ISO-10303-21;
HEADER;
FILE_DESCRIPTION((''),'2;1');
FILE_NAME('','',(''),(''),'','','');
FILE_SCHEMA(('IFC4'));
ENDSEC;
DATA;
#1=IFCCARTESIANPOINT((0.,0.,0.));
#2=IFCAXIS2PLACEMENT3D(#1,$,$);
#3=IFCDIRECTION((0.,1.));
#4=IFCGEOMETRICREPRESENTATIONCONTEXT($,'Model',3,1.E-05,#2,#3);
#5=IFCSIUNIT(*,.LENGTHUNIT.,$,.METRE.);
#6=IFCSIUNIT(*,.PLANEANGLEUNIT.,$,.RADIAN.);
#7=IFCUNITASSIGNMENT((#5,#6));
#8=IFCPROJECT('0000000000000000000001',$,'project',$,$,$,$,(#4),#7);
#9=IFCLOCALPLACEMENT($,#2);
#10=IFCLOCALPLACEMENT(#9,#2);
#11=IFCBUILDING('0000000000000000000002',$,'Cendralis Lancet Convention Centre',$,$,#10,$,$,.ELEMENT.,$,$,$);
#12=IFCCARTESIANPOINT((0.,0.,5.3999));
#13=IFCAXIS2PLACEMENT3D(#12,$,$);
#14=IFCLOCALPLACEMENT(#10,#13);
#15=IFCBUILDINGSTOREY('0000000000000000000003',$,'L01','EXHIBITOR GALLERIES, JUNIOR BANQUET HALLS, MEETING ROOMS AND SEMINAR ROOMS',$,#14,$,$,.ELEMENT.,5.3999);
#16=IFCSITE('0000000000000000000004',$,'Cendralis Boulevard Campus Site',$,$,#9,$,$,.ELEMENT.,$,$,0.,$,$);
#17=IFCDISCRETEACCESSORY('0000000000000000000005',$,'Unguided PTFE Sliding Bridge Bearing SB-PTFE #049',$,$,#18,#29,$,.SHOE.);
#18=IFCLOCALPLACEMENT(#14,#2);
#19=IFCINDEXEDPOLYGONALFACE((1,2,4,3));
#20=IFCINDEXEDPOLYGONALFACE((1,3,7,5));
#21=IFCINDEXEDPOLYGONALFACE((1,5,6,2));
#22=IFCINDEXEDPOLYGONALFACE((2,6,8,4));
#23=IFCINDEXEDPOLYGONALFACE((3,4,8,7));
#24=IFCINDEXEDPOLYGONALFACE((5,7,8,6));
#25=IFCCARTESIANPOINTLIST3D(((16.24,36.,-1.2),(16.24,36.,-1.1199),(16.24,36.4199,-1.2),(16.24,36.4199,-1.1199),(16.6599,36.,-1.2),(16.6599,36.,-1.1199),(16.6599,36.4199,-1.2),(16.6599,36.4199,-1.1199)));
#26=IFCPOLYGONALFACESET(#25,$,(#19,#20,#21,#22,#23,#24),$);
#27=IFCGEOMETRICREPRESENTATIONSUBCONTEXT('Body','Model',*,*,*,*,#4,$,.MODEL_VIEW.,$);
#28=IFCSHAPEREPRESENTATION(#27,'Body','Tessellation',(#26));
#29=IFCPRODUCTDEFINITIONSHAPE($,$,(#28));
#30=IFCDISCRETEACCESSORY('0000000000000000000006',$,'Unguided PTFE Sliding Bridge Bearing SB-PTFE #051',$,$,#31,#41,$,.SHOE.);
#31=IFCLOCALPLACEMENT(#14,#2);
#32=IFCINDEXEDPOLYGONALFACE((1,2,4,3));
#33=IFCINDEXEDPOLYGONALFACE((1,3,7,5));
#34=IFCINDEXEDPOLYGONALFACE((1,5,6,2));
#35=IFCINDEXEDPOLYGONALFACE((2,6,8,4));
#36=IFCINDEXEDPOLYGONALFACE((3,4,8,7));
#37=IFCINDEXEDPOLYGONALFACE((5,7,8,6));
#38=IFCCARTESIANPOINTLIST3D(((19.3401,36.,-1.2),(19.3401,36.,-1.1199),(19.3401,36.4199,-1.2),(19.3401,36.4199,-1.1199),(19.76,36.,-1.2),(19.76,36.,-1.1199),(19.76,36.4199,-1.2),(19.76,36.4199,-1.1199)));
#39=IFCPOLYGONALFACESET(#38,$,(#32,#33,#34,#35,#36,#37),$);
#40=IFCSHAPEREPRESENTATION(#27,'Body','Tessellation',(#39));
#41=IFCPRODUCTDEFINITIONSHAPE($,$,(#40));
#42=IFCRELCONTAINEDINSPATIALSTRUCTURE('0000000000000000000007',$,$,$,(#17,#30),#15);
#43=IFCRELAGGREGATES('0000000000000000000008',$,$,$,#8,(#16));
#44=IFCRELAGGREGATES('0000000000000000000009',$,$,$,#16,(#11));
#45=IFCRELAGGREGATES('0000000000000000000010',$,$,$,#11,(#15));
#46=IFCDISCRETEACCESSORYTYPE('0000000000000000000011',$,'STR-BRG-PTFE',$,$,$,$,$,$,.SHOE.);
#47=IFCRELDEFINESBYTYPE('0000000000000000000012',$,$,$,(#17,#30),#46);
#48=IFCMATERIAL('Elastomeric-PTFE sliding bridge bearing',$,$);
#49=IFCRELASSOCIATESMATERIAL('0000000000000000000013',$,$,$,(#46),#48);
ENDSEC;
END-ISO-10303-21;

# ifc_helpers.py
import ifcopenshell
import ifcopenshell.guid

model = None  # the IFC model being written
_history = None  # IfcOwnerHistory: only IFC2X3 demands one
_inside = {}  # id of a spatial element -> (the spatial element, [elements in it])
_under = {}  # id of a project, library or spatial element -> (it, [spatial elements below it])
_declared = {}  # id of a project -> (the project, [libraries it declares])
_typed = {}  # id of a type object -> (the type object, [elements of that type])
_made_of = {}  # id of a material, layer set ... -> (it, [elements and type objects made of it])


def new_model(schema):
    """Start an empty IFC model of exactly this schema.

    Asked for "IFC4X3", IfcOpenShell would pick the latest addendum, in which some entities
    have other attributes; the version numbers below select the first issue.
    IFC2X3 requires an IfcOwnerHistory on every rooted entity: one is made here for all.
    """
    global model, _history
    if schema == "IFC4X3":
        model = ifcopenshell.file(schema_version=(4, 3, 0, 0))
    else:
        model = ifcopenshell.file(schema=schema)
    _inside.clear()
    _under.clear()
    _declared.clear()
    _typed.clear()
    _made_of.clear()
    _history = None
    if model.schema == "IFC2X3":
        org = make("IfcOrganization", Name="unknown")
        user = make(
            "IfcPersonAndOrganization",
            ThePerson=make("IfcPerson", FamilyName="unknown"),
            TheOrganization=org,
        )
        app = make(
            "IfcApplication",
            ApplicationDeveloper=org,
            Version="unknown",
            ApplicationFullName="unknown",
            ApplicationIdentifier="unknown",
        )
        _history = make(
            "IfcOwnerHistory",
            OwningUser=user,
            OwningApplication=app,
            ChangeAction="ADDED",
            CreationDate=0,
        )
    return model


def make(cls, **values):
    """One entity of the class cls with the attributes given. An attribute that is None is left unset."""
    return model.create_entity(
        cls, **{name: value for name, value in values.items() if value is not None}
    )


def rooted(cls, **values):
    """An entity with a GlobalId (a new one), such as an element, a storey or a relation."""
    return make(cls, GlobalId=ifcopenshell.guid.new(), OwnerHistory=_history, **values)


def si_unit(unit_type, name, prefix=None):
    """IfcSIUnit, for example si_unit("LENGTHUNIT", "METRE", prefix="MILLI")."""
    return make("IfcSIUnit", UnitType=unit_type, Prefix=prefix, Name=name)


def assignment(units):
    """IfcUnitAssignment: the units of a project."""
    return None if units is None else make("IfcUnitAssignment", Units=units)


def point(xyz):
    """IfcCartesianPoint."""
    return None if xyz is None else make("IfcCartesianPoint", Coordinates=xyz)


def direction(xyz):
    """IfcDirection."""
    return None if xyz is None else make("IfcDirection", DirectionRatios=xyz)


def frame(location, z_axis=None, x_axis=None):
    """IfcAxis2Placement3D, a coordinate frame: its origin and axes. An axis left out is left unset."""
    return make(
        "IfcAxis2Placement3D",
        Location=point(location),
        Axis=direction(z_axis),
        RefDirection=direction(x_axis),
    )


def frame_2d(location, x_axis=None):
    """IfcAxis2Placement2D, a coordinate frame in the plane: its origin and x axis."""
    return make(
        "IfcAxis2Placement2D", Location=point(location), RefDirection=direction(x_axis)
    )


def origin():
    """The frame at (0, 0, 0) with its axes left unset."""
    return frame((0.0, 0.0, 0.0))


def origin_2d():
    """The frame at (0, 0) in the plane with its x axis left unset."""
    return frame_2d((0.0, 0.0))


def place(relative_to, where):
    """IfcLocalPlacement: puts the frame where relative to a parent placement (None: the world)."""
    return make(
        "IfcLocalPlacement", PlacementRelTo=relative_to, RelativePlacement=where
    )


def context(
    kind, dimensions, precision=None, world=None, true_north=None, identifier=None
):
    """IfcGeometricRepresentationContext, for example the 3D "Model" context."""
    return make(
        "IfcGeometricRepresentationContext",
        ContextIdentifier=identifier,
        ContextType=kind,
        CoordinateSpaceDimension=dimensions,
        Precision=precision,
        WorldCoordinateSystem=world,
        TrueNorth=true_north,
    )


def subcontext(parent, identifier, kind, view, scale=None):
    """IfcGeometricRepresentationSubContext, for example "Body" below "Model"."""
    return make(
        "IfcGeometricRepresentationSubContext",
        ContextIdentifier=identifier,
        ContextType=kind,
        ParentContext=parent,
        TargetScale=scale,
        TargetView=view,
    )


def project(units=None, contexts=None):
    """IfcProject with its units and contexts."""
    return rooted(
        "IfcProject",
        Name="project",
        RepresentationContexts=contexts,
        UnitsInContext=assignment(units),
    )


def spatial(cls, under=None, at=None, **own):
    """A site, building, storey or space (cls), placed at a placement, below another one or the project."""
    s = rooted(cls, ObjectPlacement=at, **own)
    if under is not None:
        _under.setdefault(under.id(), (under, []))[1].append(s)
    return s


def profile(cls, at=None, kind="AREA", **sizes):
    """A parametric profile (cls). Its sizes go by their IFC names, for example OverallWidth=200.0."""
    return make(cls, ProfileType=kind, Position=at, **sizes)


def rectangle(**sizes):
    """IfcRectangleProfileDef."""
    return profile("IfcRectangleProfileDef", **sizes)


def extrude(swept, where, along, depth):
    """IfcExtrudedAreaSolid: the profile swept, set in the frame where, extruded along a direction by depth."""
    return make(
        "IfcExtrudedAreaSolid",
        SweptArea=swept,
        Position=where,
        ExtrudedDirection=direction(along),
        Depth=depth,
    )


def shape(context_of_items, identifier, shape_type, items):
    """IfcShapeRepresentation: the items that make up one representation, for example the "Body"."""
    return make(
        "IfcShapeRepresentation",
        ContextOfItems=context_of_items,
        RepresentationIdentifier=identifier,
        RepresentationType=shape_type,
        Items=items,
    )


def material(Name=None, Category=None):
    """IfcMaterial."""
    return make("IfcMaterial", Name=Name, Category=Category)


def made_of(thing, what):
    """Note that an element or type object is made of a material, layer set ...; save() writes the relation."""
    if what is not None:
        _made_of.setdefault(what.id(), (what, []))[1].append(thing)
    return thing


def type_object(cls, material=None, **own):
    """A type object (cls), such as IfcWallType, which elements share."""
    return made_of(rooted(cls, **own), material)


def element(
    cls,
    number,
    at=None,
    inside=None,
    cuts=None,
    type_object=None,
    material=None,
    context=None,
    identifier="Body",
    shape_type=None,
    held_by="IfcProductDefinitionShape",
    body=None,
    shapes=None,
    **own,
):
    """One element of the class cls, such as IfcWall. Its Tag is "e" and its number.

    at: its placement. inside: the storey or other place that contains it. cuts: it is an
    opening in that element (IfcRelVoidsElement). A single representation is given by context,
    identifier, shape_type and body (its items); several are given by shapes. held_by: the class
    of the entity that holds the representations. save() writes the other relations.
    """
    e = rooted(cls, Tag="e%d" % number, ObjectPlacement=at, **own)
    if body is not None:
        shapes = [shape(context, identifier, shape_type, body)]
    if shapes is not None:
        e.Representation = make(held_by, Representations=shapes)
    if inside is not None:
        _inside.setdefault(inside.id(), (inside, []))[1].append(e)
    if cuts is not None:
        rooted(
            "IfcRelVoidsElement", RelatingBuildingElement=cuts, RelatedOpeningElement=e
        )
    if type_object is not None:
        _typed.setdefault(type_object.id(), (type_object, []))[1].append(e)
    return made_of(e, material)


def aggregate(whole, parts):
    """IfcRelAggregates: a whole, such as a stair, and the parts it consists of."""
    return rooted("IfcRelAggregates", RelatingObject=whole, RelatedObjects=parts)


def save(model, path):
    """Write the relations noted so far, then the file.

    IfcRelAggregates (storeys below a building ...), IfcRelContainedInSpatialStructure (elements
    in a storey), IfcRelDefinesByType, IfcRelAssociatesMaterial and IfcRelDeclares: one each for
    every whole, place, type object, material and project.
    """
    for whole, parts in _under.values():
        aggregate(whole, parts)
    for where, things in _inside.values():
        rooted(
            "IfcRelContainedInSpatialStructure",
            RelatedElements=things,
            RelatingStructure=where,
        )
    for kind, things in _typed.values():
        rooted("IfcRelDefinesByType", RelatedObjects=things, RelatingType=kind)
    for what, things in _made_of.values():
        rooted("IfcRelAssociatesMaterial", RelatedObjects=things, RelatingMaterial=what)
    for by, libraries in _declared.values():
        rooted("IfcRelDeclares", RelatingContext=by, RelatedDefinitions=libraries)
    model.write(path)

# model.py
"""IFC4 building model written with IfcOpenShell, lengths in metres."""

from ifc_helpers import new_model, si_unit, direction, frame, origin, origin_2d, place, context, subcontext, project, spatial, rectangle, extrude, material, type_object, element, save


model = new_model("IFC4")

# Units and contexts
model_context = context("Model", 3, precision=1e-05, world=origin(), true_north=direction((0.0, 1.0)))
body_context = subcontext(model_context, "Body", "Model", "MODEL_VIEW")
ifc_project = project(units=[si_unit("LENGTHUNIT", "METRE"), si_unit("PLANEANGLEUNIT", "RADIAN")], contexts=[model_context])

# Site, building, storey
site_placement = place(None, origin())
site = spatial("IfcSite", under=ifc_project, at=site_placement, Name="Cendralis Boulevard Campus Site", CompositionType="ELEMENT", RefElevation=0.0)
building_placement = place(site_placement, origin())
building = spatial("IfcBuilding", under=site, at=building_placement, Name="Cendralis Lancet Convention Centre", CompositionType="ELEMENT")
storey_placement = place(building_placement, frame((0.0, 0.0, 5.3999)))
storey = spatial("IfcBuildingStorey", under=building, at=storey_placement, Name="L01", Description="EXHIBITOR GALLERIES, JUNIOR BANQUET HALLS, MEETING ROOMS AND SEMINAR ROOMS", CompositionType="ELEMENT", Elevation=5.3999)

# Discrete accessories
ifc_material_1 = material(Name="Elastomeric-PTFE sliding bridge bearing")
discrete_accessory_type = type_object("IfcDiscreteAccessoryType", Name="STR-BRG-PTFE", PredefinedType="SHOE", material=ifc_material_1)
for number, where, z_axis, x_axis, name in (
    (1, (16.45, 36.21, -1.2), (0.0, 0.0, 1.0), (1.0, 0.0, 0.0), "Unguided PTFE Sliding Bridge Bearing SB-PTFE #049"),
    (2, (19.55, 36.21, -1.2), (0.0, 0.0, 1.0), (1.0, 0.0, 0.0), "Unguided PTFE Sliding Bridge Bearing SB-PTFE #051"),
):
    element("IfcDiscreteAccessory", number, at=place(storey_placement, frame(where, z_axis=z_axis, x_axis=x_axis)), inside=storey, type_object=discrete_accessory_type, Name=name, PredefinedType="SHOE", context=body_context, shape_type="SweptSolid", body=[
        extrude(rectangle(XDim=0.4199, YDim=0.4199, at=origin_2d()), origin(), (0.0, 0.0, 1.0), 0.0801),
    ])

save(model, "model.ifc")
